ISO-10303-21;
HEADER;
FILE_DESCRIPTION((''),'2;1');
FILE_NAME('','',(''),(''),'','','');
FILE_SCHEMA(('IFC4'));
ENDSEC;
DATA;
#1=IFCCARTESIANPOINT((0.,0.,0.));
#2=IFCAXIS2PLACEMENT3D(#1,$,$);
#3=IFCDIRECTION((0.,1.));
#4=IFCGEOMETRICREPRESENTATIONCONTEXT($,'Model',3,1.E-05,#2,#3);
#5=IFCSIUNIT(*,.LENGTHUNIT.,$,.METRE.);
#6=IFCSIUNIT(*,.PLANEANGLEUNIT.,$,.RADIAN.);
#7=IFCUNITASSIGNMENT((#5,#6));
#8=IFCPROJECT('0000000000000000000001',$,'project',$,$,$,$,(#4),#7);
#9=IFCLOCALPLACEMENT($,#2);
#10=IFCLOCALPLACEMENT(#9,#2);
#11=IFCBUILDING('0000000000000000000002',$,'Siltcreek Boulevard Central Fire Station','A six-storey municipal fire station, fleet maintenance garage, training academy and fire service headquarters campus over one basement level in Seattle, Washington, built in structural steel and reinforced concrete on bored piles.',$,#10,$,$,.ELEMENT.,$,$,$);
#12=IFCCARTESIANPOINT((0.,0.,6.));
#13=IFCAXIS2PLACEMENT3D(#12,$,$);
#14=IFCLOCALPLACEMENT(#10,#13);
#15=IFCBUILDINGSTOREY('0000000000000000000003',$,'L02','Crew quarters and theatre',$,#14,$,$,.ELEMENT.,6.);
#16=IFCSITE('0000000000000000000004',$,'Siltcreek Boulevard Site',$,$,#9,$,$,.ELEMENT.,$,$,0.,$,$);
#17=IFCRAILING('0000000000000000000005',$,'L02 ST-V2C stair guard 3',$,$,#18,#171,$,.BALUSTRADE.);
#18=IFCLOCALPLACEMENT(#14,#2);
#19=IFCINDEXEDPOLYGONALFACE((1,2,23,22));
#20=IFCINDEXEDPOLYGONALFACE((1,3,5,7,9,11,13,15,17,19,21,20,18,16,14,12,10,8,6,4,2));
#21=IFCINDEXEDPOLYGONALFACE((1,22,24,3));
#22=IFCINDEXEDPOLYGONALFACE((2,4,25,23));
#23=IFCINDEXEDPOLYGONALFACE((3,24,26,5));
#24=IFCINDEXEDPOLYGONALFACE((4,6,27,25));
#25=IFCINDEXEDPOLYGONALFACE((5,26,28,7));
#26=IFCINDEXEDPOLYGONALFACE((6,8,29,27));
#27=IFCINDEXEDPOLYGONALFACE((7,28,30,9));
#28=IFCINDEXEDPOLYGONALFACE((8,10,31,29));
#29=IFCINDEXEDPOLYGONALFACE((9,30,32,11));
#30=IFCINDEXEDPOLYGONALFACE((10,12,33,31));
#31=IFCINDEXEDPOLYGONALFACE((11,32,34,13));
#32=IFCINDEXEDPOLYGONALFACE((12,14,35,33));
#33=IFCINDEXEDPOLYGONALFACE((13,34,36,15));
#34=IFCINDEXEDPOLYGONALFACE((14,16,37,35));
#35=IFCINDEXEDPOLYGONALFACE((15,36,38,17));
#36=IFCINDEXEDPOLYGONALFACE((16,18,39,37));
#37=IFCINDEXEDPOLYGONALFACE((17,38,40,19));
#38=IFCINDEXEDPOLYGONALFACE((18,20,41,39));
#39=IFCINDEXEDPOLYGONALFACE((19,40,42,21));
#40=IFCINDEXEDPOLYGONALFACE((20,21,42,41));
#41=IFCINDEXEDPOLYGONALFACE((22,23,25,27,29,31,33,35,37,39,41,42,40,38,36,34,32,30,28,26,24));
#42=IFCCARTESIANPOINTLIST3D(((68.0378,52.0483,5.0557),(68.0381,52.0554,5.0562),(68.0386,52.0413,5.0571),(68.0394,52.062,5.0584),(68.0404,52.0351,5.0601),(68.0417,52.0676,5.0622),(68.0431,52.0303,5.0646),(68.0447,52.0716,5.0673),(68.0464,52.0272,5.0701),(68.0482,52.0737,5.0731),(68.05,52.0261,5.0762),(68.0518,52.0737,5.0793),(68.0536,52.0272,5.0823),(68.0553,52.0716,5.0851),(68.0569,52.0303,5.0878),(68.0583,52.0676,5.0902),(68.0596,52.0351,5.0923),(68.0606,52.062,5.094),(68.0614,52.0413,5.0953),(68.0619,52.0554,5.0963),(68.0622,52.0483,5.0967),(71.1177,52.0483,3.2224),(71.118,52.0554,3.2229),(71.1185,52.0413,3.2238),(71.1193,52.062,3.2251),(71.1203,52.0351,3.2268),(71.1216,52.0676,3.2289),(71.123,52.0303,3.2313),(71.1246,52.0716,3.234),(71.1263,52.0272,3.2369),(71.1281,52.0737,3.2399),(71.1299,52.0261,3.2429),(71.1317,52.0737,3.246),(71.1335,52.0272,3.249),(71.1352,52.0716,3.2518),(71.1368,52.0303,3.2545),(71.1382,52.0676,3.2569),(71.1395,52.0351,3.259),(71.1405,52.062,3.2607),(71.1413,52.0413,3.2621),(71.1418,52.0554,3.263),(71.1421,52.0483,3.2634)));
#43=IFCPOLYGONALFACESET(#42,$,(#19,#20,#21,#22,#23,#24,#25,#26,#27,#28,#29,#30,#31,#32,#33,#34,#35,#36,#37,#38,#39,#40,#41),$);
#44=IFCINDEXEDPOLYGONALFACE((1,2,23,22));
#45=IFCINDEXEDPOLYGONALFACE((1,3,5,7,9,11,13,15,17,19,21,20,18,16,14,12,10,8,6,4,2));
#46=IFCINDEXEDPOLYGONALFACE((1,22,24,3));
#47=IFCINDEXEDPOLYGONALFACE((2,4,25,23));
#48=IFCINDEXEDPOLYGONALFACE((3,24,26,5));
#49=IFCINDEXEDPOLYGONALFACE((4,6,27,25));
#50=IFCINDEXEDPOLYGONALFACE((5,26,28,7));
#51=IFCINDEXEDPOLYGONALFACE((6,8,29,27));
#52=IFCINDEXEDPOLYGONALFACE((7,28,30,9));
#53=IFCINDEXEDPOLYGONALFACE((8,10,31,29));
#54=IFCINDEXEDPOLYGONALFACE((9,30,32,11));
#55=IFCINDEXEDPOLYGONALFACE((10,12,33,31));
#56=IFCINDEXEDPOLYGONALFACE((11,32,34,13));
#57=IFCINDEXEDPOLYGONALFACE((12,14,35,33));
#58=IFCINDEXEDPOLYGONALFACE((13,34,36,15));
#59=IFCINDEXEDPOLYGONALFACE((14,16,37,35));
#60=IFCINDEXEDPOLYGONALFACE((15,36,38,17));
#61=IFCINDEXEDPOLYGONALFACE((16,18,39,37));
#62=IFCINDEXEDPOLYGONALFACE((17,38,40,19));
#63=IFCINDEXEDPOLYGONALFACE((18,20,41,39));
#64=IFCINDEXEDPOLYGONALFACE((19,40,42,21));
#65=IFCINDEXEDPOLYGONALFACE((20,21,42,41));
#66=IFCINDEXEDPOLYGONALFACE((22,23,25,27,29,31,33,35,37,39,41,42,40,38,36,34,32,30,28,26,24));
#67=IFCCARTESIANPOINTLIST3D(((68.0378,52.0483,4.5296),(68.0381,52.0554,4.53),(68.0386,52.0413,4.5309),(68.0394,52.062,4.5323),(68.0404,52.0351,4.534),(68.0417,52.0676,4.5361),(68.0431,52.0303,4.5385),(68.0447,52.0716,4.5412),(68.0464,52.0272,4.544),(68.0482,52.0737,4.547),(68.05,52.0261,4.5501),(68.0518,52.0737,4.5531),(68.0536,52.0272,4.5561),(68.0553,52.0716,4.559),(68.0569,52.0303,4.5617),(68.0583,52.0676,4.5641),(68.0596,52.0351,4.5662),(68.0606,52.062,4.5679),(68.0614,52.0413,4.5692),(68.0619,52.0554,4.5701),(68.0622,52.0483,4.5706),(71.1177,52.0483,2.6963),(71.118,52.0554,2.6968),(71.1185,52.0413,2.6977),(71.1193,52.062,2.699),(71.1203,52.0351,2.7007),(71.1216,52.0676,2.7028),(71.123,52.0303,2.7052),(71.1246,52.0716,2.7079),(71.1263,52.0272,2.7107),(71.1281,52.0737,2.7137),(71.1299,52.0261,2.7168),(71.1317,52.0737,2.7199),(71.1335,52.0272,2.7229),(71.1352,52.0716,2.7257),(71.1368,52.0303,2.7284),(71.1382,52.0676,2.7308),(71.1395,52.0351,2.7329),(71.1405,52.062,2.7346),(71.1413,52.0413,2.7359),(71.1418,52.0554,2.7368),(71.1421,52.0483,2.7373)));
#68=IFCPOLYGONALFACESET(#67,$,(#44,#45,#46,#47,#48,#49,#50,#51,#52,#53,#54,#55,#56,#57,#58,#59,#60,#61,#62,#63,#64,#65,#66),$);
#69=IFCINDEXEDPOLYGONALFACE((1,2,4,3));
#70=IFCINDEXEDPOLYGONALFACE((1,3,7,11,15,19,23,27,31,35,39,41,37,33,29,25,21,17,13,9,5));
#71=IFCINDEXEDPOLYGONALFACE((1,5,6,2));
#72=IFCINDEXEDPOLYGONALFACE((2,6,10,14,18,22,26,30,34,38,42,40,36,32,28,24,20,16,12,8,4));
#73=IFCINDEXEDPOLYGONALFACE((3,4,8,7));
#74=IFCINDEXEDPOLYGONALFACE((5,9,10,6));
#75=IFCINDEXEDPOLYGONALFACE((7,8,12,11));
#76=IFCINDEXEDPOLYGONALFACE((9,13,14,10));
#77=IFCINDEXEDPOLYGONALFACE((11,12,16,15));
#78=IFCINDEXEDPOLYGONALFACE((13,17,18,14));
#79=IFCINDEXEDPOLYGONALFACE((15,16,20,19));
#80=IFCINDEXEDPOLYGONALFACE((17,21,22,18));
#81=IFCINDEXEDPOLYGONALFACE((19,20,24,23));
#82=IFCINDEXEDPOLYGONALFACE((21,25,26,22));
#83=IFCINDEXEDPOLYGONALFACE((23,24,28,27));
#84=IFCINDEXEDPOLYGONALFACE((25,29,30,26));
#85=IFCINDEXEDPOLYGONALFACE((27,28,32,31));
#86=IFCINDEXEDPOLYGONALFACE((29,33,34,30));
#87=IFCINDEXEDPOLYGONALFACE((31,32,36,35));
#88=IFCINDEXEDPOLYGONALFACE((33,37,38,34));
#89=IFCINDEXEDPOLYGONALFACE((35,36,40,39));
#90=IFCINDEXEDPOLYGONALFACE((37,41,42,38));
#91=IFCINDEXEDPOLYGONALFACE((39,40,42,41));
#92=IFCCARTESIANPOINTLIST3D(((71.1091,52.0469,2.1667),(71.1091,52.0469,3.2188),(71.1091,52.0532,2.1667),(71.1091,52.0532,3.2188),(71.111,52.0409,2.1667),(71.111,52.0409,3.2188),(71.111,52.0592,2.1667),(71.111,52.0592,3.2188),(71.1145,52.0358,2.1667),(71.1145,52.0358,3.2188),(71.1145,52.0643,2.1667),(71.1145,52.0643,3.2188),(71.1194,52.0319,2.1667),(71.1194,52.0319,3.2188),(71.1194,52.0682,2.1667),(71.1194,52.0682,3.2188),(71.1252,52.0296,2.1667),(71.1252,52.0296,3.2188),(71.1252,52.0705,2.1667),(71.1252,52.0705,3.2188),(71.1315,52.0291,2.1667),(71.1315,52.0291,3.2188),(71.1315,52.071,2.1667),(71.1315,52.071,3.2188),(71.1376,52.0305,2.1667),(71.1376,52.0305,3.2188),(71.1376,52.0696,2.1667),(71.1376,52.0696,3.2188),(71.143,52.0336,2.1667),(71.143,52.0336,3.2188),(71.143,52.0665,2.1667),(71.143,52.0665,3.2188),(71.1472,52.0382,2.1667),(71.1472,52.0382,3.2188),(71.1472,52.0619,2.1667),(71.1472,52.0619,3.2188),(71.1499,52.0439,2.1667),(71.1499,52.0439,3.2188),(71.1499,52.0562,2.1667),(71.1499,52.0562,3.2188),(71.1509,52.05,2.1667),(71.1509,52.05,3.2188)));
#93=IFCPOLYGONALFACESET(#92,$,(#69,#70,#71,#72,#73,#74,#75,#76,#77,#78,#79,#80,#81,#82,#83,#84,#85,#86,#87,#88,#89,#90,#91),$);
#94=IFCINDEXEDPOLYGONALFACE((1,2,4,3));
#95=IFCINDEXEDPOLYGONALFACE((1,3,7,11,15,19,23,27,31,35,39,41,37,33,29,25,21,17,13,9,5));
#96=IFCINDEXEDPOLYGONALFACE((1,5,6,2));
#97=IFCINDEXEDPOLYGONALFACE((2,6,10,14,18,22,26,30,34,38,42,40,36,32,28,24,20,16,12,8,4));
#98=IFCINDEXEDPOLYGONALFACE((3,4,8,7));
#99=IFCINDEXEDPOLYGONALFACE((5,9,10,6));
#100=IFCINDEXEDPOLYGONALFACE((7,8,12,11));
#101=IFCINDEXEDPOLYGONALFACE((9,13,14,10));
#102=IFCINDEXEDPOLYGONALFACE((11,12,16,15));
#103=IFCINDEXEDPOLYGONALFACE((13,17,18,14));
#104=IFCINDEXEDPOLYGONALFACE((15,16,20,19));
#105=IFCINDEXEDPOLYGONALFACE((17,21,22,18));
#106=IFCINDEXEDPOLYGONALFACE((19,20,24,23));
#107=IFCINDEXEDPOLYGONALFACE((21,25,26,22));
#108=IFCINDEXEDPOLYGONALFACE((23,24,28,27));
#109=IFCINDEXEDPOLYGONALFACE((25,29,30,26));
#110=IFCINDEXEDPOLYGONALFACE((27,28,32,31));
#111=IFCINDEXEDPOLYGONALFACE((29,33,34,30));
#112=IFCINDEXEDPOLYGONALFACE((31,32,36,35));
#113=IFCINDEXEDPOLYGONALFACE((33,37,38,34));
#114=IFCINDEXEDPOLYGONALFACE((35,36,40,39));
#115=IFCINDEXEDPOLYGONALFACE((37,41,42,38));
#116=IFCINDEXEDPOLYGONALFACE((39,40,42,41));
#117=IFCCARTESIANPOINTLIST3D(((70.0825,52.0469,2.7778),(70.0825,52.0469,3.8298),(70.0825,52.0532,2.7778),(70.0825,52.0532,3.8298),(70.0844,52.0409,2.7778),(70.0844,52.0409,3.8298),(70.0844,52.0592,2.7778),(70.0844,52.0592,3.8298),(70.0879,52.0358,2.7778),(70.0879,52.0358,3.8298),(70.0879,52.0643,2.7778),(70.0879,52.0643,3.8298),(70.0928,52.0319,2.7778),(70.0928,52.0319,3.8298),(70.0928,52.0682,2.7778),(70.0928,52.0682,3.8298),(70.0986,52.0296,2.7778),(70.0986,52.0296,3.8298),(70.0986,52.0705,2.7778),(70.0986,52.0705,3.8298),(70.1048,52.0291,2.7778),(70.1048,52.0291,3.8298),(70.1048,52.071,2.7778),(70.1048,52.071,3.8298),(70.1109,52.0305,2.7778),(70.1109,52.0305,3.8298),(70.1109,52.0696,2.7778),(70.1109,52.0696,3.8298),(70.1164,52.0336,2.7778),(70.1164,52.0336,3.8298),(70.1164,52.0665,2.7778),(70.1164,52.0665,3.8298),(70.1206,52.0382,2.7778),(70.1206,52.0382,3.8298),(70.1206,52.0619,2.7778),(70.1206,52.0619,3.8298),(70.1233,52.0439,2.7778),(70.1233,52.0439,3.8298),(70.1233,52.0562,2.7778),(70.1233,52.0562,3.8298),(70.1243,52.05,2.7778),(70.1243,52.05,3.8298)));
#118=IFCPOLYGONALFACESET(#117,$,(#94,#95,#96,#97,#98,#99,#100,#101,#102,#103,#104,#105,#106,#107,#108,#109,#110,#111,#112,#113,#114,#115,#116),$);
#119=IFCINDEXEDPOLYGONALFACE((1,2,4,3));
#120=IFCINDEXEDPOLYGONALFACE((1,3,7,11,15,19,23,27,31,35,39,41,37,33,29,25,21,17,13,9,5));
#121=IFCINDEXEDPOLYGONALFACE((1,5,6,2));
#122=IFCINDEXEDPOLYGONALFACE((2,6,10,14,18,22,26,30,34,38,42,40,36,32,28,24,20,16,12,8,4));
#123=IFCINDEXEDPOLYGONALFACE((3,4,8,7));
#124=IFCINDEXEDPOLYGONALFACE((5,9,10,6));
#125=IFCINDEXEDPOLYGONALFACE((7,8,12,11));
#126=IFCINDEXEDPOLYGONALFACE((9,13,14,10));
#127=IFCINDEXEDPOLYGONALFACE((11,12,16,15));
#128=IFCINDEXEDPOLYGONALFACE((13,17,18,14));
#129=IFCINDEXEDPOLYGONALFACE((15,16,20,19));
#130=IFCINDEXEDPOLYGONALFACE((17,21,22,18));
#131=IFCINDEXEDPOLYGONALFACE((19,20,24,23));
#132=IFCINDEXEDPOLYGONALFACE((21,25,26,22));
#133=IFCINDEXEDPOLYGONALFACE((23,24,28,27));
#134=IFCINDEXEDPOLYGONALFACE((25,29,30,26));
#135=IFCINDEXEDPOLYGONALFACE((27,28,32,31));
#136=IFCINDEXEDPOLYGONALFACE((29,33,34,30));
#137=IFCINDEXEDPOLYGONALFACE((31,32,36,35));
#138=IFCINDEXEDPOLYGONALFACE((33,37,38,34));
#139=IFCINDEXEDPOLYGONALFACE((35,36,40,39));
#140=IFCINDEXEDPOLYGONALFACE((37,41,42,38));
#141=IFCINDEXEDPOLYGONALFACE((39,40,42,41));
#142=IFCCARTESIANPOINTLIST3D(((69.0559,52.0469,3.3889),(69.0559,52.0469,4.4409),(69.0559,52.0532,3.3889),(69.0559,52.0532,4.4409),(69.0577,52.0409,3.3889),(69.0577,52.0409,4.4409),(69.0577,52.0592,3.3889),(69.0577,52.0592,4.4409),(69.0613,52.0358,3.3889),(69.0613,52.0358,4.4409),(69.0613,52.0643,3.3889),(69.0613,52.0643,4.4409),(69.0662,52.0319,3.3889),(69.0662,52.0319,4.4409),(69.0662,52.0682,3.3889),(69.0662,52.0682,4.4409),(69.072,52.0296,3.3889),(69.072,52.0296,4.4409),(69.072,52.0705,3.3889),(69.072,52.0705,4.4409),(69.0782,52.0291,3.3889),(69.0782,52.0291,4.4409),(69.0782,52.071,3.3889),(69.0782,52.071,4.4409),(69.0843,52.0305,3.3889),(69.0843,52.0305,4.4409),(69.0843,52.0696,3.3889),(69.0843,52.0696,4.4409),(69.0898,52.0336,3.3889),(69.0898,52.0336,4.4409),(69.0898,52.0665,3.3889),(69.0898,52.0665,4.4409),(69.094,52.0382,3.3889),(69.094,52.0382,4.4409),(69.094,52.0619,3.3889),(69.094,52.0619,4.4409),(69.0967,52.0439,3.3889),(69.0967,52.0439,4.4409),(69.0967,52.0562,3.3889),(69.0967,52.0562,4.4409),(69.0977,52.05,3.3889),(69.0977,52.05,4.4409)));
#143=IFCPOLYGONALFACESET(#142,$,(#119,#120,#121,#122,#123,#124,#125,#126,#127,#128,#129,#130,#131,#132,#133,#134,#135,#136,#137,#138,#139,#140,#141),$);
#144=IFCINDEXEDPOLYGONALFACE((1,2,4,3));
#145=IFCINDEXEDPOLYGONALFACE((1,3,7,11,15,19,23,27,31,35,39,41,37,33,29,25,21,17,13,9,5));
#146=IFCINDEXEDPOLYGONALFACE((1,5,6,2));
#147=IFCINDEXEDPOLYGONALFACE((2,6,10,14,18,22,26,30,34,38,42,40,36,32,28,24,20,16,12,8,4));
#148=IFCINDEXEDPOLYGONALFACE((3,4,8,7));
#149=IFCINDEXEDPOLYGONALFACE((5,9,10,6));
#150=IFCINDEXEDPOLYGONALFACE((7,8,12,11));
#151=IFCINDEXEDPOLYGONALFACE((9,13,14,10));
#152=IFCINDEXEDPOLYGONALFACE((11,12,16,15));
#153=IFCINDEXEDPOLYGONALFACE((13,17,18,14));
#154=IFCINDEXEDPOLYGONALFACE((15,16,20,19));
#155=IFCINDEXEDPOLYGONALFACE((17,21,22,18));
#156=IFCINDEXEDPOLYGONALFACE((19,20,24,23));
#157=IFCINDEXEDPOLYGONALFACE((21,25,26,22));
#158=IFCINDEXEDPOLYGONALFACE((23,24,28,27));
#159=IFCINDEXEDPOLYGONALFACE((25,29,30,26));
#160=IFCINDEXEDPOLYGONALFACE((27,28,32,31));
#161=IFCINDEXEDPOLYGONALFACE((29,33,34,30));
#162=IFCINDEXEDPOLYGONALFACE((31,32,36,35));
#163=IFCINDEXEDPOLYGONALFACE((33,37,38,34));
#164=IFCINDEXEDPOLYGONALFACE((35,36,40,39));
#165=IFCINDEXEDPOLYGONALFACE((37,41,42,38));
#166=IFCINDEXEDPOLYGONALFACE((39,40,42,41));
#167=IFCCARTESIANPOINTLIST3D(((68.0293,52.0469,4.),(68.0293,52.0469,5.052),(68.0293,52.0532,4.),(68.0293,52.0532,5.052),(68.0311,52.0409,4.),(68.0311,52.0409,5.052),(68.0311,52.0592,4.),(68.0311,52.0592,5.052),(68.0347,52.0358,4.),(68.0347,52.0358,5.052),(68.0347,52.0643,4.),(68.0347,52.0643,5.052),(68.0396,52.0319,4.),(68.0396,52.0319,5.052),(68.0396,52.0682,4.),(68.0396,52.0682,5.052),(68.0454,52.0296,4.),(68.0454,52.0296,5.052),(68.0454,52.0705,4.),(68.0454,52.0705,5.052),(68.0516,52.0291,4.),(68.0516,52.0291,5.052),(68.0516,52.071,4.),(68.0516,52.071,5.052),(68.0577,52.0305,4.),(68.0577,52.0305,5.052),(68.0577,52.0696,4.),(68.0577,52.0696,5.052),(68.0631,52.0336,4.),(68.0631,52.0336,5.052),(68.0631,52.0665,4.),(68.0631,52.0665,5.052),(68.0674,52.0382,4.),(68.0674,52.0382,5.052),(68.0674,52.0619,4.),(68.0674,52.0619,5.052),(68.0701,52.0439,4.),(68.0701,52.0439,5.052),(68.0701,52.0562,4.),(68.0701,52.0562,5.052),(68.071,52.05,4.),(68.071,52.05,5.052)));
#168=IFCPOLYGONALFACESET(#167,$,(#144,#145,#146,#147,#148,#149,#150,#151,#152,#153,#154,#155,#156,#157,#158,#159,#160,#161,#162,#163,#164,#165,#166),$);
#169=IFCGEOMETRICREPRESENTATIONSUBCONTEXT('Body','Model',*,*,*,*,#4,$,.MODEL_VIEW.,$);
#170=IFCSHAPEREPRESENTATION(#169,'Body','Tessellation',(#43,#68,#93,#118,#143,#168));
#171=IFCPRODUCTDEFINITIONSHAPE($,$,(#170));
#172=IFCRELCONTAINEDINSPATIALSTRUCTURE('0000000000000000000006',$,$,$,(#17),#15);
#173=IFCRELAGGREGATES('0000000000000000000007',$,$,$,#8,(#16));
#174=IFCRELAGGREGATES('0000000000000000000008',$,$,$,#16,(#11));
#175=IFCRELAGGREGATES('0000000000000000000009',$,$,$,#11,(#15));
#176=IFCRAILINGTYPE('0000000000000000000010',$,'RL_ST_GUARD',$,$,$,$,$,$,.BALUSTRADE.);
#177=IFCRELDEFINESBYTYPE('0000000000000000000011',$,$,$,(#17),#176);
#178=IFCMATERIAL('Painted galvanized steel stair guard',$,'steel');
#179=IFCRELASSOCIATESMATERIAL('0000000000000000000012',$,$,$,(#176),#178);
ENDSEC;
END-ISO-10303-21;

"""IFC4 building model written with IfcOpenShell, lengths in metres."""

from ifc_helpers import new_model, si_unit, direction, frame, origin, origin_2d, place, context, subcontext, project, spatial, circle, extrude, material, type_object, element, save


model = new_model("IFC4")

# Units and contexts
model_context = context("Model", 3, precision=1e-05, world=origin(), true_north=direction((0.0, 1.0)))
body_context = subcontext(model_context, "Body", "Model", "MODEL_VIEW")
ifc_project = project(units=[si_unit("LENGTHUNIT", "METRE"), si_unit("PLANEANGLEUNIT", "RADIAN")], contexts=[model_context])

# Site, building, storey
site_placement = place(None, origin())
site = spatial("IfcSite", under=ifc_project, at=site_placement, Name="Siltcreek Boulevard Site", CompositionType="ELEMENT", RefElevation=0.0)
building_placement = place(site_placement, origin())
building = spatial("IfcBuilding", under=site, at=building_placement, Name="Siltcreek Boulevard Central Fire Station", Description="A six-storey municipal fire station, fleet maintenance garage, training academy and fire service headquarters campus over one basement level in Seattle, Washington, built in structural steel and reinforced concrete on bored piles.", CompositionType="ELEMENT")
storey_placement = place(building_placement, frame((0.0, 0.0, 6.0)))
storey = spatial("IfcBuildingStorey", under=building, at=storey_placement, Name="L02", Description="Crew quarters and theatre", CompositionType="ELEMENT", Elevation=6.0)

# Railing
ifc_material_1 = material(Name="Painted galvanized steel stair guard", Category="steel")
railing_type_1 = type_object("IfcRailingType", Name="RL_ST_GUARD", PredefinedType="BALUSTRADE", material=ifc_material_1)
railing_1_placement = place(storey_placement, frame((71.1299, 52.05, 2.1667)))
element("IfcRailing", 1, at=railing_1_placement, inside=storey, type_object=railing_type_1, Name="L02 ST-V2C stair guard 3", PredefinedType="BALUSTRADE", context=body_context, shape_type="SweptSolid", body=[
    extrude(circle(Radius=0.0239, at=origin_2d()), frame((0.0, 0.0, 1.0762), z_axis=(-0.859291, 0.0, 0.511487), x_axis=(0.0, -1.0, 0.0)), (0.0, 0.0, 1.0), 3.5842),
    extrude(circle(Radius=0.0239, at=origin_2d()), frame((0.0, 0.0, 0.55), z_axis=(-0.859291, 0.0, 0.511487), x_axis=(0.0, -1.0, 0.0)), (0.0, 0.0, 1.0), 3.5842),
    extrude(circle(Radius=0.021, at=origin_2d()), origin(), (0.0, 0.0, 1.0), 1.052),
    extrude(circle(Radius=0.021, at=origin_2d()), frame((-1.0266, 0.0, 0.6111)), (0.0, 0.0, 1.0), 1.052),
    extrude(circle(Radius=0.021, at=origin_2d()), frame((-2.0532, 0.0, 1.2222)), (0.0, 0.0, 1.0), 1.052),
    extrude(circle(Radius=0.021, at=origin_2d()), frame((-3.0798, 0.0, 1.8333)), (0.0, 0.0, 1.0), 1.052),
])

save(model, "model.ifc")
